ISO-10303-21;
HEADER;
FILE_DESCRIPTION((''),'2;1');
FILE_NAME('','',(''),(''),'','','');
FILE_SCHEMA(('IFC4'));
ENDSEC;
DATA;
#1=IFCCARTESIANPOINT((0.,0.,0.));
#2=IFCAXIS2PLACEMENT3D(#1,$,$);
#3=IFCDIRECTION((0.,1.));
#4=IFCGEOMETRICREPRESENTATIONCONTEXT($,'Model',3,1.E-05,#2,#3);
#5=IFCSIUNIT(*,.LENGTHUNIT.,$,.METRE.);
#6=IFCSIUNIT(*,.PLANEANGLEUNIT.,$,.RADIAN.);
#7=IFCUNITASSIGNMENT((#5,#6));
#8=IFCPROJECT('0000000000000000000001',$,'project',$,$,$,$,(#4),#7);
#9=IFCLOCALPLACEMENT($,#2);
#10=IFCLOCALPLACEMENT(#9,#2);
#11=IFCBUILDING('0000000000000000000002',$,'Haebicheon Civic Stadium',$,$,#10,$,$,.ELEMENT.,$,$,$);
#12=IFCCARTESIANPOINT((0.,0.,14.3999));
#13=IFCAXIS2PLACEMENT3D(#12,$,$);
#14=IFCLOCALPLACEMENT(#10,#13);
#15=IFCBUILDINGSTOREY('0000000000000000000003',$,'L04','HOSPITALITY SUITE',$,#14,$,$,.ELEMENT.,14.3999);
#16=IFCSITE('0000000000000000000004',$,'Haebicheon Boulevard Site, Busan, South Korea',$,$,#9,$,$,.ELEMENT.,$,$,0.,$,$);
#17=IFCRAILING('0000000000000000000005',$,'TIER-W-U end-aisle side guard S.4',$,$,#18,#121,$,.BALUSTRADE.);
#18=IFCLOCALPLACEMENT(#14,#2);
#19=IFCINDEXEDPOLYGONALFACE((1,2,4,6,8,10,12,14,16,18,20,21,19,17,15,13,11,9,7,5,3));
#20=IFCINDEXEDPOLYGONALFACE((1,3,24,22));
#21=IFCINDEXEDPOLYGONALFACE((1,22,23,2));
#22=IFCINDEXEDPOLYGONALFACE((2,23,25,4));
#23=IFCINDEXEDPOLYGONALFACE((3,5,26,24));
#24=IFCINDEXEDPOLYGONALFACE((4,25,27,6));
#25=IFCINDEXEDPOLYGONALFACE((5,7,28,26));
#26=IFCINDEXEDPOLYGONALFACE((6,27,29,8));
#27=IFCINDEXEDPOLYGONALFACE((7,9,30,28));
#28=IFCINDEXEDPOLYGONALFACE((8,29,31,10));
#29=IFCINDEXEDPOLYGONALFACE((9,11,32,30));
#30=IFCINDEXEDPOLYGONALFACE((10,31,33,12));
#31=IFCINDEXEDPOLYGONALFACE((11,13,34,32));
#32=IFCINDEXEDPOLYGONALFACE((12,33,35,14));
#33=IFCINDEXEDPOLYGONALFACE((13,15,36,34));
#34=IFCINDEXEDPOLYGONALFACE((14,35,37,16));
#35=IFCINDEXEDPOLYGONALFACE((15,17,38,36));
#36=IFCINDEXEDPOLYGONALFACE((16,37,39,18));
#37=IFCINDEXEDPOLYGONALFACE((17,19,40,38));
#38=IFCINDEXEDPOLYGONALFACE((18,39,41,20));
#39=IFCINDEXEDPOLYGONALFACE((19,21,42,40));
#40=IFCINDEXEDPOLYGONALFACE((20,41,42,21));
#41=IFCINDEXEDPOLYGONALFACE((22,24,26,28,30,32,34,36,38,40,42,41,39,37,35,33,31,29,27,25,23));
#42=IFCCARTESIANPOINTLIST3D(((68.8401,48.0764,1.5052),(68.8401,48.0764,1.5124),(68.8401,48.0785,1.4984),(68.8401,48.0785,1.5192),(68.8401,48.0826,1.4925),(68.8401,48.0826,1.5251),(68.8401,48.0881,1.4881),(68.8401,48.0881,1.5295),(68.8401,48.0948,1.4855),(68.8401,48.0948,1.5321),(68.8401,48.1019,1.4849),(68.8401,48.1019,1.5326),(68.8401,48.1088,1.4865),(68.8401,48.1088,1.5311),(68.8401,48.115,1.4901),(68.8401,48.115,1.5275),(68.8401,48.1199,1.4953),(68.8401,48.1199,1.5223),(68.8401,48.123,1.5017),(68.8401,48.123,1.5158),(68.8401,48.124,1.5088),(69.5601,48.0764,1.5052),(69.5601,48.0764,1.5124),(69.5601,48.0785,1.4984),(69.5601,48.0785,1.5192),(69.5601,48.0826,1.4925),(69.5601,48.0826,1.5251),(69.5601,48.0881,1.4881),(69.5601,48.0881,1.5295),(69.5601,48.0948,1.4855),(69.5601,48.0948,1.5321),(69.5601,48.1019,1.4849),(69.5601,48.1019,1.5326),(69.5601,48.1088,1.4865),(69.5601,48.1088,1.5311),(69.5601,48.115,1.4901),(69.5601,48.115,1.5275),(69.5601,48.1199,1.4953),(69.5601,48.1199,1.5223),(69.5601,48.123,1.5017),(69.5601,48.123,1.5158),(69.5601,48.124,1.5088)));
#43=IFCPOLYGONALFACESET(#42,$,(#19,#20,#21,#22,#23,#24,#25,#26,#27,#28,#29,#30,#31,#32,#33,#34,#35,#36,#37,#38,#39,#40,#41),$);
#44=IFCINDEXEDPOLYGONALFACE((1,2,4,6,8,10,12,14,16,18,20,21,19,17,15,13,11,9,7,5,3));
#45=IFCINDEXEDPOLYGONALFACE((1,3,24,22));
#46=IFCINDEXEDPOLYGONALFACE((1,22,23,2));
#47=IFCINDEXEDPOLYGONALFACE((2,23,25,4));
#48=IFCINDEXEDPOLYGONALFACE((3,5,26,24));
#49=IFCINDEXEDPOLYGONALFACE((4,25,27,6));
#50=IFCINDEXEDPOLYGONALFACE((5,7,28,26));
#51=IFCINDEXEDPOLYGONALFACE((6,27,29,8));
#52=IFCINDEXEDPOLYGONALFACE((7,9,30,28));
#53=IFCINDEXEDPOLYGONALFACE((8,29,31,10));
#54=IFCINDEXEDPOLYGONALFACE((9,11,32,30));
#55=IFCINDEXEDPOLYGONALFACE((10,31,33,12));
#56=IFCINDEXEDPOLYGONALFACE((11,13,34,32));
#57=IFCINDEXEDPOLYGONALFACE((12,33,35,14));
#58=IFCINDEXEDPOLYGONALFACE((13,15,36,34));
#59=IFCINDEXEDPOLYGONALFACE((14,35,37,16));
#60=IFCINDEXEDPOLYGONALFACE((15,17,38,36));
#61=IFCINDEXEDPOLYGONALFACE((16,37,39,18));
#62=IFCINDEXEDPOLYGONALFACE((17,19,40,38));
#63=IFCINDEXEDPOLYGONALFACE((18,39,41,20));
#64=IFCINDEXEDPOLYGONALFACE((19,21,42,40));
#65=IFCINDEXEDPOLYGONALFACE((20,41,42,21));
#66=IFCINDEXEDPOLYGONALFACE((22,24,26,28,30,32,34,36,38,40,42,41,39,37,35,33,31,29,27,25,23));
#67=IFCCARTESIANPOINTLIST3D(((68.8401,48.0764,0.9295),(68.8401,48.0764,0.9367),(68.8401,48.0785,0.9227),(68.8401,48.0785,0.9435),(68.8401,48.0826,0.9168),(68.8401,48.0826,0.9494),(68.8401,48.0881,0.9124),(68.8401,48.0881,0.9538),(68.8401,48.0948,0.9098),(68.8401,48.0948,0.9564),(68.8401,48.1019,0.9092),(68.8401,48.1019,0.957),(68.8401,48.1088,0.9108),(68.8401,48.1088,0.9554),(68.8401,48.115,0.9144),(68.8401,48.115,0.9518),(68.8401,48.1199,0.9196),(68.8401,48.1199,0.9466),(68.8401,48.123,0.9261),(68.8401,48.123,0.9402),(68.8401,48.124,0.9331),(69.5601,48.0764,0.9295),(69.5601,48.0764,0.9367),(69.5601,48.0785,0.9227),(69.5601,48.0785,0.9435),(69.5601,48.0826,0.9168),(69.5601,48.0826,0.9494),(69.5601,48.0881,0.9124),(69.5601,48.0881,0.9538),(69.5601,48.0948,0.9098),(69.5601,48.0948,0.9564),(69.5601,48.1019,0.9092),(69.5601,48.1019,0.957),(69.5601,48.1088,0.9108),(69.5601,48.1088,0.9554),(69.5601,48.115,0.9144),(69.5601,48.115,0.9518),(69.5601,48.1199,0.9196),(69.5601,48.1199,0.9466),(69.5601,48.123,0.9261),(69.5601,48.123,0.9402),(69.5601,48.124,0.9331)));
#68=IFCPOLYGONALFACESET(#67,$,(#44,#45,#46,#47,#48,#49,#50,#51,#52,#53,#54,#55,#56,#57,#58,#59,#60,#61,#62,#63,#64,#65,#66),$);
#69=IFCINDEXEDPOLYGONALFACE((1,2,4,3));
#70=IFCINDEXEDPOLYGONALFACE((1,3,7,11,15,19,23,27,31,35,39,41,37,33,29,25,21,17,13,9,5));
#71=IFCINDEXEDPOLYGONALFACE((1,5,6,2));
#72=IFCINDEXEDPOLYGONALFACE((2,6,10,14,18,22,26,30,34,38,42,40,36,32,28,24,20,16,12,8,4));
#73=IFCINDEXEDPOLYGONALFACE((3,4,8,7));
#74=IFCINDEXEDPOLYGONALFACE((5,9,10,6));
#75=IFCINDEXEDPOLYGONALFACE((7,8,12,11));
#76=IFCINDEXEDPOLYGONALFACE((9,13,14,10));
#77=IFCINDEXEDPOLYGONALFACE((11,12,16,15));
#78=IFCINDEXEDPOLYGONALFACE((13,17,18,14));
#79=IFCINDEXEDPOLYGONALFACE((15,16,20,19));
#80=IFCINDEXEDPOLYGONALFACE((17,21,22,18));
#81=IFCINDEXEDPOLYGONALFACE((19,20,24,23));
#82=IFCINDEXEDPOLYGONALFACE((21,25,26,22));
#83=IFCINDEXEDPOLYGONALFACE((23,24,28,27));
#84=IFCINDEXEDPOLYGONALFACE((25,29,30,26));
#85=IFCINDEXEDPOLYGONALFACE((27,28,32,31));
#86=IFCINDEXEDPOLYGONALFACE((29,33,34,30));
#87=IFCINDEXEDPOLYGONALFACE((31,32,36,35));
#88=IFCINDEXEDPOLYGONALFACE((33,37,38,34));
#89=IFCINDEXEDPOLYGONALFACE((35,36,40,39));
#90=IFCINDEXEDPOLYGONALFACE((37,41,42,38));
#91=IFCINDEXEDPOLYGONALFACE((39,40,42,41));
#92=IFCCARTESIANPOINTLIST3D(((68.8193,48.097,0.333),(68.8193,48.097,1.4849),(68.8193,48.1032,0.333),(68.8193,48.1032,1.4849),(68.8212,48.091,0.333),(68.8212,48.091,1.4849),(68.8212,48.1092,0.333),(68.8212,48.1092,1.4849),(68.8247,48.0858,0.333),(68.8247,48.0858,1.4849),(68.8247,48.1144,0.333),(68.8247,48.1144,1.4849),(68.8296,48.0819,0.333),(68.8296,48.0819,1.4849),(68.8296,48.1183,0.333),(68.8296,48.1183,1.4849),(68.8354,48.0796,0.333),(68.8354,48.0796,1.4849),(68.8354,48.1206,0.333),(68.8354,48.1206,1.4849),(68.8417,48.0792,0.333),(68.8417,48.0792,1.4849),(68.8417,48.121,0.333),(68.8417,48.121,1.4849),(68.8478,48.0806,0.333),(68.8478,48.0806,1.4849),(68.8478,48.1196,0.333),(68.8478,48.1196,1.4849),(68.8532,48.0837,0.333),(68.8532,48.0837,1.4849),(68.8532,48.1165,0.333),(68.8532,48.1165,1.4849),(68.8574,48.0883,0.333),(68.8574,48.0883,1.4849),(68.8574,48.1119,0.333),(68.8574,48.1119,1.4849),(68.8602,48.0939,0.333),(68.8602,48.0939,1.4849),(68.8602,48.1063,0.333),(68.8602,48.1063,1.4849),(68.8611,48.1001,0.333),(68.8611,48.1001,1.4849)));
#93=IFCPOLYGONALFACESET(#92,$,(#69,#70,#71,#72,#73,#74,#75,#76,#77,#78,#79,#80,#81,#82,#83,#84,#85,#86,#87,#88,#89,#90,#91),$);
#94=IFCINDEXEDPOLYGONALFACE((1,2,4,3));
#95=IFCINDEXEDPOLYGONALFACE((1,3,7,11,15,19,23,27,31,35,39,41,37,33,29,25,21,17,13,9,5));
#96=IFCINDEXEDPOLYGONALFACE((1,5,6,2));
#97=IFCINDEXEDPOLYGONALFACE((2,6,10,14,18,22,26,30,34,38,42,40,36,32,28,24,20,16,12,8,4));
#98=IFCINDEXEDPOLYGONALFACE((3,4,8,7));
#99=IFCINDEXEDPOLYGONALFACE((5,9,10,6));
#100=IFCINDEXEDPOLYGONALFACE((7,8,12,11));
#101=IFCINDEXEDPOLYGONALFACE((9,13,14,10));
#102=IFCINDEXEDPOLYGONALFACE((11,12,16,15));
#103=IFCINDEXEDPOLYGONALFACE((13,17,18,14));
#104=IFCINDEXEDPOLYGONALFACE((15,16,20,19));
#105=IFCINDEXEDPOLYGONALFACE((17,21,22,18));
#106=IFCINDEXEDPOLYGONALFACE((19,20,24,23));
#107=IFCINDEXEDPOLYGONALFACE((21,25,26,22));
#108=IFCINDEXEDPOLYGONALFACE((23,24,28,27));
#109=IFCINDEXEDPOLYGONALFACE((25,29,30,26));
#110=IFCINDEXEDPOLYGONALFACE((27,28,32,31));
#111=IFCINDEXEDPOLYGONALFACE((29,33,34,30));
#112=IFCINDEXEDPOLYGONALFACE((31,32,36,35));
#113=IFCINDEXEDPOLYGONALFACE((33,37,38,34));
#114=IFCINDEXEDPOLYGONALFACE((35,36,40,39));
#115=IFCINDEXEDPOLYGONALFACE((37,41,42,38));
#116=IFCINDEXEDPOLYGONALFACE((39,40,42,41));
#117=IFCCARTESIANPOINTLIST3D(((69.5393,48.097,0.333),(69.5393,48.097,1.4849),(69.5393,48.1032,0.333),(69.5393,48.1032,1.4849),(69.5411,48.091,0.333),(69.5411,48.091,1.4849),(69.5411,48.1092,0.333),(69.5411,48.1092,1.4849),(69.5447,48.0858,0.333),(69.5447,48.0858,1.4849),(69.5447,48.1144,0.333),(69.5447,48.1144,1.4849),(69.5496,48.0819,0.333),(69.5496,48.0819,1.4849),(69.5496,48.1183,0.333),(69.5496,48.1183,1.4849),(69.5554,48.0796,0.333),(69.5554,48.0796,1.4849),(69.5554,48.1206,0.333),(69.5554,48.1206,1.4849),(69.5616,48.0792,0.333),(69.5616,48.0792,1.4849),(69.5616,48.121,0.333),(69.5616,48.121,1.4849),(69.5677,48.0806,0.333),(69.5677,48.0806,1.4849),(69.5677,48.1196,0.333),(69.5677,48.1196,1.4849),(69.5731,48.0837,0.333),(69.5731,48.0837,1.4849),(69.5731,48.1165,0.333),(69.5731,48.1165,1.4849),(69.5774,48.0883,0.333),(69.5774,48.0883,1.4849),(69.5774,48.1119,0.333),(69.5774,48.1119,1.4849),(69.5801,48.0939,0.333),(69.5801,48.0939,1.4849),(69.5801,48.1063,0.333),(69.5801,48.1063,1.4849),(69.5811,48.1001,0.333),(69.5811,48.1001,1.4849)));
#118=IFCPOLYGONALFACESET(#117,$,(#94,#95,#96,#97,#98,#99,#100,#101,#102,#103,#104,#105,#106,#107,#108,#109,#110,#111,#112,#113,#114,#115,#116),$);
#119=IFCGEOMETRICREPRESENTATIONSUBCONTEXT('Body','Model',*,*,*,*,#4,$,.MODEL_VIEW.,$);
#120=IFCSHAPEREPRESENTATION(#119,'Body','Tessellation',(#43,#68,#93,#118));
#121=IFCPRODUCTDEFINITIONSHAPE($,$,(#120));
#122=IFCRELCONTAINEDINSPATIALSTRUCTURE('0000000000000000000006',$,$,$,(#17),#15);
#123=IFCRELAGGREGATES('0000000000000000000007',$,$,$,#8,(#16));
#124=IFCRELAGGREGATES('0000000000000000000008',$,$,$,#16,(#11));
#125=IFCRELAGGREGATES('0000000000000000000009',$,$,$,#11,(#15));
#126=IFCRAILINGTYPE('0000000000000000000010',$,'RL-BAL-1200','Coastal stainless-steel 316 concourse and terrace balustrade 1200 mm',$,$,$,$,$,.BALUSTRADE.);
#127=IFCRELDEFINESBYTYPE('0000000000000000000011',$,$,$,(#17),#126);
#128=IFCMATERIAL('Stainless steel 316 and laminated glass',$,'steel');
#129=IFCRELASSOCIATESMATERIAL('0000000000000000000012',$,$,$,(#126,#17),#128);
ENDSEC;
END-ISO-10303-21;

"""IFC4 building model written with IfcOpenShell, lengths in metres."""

from ifc_helpers import new_model, si_unit, direction, frame, origin, origin_2d, place, context, subcontext, project, spatial, circle, extrude, material, type_object, element, save


model = new_model("IFC4")

# Units and contexts
model_context = context("Model", 3, precision=1e-05, world=origin(), true_north=direction((0.0, 1.0)))
body_context = subcontext(model_context, "Body", "Model", "MODEL_VIEW")
ifc_project = project(units=[si_unit("LENGTHUNIT", "METRE"), si_unit("PLANEANGLEUNIT", "RADIAN")], contexts=[model_context])

# Site, building, storey
site_placement = place(None, origin())
site = spatial("IfcSite", under=ifc_project, at=site_placement, Name="Haebicheon Boulevard Site, Busan, South Korea", CompositionType="ELEMENT", RefElevation=0.0)
building_placement = place(site_placement, origin())
building = spatial("IfcBuilding", under=site, at=building_placement, Name="Haebicheon Civic Stadium", CompositionType="ELEMENT")
storey_placement = place(building_placement, frame((0.0, 0.0, 14.3999)))
storey = spatial("IfcBuildingStorey", under=building, at=storey_placement, Name="L04", Description="HOSPITALITY SUITE", CompositionType="ELEMENT", Elevation=14.3999)

# Railing
ifc_material_1 = material(Name="Stainless steel 316 and laminated glass", Category="steel")
railing_type = type_object("IfcRailingType", Name="RL-BAL-1200", Description="Coastal stainless-steel 316 concourse and terrace balustrade 1200 mm", PredefinedType="BALUSTRADE", material=ifc_material_1)
for number, where, name in (
    (1, (68.8401, 48.1001, 0.333), "TIER-W-U end-aisle side guard S.4"),
):
    element("IfcRailing", number, at=place(storey_placement, frame(where)), inside=storey, type_object=railing_type, material=ifc_material_1, Name=name, PredefinedType="BALUSTRADE", context=body_context, shape_type="SweptSolid", body=[
        extrude(circle(Radius=0.0239, at=origin_2d()), frame((0.0, 0.0, 1.1758), z_axis=(1.0, 0.0, 0.0), x_axis=(0.0, 1.0, 0.0)), (0.0, 0.0, 1.0), 0.72),
        extrude(circle(Radius=0.0239, at=origin_2d()), frame((0.0, 0.0, 0.6001), z_axis=(1.0, 0.0, 0.0), x_axis=(0.0, 1.0, 0.0)), (0.0, 0.0, 1.0), 0.72),
        extrude(circle(Radius=0.021, at=origin_2d()), origin(), (0.0, 0.0, 1.0), 1.1519),
        extrude(circle(Radius=0.021, at=origin_2d()), frame((0.72, 0.0, 0.0)), (0.0, 0.0, 1.0), 1.1519),
    ])

save(model, "model.ifc")
